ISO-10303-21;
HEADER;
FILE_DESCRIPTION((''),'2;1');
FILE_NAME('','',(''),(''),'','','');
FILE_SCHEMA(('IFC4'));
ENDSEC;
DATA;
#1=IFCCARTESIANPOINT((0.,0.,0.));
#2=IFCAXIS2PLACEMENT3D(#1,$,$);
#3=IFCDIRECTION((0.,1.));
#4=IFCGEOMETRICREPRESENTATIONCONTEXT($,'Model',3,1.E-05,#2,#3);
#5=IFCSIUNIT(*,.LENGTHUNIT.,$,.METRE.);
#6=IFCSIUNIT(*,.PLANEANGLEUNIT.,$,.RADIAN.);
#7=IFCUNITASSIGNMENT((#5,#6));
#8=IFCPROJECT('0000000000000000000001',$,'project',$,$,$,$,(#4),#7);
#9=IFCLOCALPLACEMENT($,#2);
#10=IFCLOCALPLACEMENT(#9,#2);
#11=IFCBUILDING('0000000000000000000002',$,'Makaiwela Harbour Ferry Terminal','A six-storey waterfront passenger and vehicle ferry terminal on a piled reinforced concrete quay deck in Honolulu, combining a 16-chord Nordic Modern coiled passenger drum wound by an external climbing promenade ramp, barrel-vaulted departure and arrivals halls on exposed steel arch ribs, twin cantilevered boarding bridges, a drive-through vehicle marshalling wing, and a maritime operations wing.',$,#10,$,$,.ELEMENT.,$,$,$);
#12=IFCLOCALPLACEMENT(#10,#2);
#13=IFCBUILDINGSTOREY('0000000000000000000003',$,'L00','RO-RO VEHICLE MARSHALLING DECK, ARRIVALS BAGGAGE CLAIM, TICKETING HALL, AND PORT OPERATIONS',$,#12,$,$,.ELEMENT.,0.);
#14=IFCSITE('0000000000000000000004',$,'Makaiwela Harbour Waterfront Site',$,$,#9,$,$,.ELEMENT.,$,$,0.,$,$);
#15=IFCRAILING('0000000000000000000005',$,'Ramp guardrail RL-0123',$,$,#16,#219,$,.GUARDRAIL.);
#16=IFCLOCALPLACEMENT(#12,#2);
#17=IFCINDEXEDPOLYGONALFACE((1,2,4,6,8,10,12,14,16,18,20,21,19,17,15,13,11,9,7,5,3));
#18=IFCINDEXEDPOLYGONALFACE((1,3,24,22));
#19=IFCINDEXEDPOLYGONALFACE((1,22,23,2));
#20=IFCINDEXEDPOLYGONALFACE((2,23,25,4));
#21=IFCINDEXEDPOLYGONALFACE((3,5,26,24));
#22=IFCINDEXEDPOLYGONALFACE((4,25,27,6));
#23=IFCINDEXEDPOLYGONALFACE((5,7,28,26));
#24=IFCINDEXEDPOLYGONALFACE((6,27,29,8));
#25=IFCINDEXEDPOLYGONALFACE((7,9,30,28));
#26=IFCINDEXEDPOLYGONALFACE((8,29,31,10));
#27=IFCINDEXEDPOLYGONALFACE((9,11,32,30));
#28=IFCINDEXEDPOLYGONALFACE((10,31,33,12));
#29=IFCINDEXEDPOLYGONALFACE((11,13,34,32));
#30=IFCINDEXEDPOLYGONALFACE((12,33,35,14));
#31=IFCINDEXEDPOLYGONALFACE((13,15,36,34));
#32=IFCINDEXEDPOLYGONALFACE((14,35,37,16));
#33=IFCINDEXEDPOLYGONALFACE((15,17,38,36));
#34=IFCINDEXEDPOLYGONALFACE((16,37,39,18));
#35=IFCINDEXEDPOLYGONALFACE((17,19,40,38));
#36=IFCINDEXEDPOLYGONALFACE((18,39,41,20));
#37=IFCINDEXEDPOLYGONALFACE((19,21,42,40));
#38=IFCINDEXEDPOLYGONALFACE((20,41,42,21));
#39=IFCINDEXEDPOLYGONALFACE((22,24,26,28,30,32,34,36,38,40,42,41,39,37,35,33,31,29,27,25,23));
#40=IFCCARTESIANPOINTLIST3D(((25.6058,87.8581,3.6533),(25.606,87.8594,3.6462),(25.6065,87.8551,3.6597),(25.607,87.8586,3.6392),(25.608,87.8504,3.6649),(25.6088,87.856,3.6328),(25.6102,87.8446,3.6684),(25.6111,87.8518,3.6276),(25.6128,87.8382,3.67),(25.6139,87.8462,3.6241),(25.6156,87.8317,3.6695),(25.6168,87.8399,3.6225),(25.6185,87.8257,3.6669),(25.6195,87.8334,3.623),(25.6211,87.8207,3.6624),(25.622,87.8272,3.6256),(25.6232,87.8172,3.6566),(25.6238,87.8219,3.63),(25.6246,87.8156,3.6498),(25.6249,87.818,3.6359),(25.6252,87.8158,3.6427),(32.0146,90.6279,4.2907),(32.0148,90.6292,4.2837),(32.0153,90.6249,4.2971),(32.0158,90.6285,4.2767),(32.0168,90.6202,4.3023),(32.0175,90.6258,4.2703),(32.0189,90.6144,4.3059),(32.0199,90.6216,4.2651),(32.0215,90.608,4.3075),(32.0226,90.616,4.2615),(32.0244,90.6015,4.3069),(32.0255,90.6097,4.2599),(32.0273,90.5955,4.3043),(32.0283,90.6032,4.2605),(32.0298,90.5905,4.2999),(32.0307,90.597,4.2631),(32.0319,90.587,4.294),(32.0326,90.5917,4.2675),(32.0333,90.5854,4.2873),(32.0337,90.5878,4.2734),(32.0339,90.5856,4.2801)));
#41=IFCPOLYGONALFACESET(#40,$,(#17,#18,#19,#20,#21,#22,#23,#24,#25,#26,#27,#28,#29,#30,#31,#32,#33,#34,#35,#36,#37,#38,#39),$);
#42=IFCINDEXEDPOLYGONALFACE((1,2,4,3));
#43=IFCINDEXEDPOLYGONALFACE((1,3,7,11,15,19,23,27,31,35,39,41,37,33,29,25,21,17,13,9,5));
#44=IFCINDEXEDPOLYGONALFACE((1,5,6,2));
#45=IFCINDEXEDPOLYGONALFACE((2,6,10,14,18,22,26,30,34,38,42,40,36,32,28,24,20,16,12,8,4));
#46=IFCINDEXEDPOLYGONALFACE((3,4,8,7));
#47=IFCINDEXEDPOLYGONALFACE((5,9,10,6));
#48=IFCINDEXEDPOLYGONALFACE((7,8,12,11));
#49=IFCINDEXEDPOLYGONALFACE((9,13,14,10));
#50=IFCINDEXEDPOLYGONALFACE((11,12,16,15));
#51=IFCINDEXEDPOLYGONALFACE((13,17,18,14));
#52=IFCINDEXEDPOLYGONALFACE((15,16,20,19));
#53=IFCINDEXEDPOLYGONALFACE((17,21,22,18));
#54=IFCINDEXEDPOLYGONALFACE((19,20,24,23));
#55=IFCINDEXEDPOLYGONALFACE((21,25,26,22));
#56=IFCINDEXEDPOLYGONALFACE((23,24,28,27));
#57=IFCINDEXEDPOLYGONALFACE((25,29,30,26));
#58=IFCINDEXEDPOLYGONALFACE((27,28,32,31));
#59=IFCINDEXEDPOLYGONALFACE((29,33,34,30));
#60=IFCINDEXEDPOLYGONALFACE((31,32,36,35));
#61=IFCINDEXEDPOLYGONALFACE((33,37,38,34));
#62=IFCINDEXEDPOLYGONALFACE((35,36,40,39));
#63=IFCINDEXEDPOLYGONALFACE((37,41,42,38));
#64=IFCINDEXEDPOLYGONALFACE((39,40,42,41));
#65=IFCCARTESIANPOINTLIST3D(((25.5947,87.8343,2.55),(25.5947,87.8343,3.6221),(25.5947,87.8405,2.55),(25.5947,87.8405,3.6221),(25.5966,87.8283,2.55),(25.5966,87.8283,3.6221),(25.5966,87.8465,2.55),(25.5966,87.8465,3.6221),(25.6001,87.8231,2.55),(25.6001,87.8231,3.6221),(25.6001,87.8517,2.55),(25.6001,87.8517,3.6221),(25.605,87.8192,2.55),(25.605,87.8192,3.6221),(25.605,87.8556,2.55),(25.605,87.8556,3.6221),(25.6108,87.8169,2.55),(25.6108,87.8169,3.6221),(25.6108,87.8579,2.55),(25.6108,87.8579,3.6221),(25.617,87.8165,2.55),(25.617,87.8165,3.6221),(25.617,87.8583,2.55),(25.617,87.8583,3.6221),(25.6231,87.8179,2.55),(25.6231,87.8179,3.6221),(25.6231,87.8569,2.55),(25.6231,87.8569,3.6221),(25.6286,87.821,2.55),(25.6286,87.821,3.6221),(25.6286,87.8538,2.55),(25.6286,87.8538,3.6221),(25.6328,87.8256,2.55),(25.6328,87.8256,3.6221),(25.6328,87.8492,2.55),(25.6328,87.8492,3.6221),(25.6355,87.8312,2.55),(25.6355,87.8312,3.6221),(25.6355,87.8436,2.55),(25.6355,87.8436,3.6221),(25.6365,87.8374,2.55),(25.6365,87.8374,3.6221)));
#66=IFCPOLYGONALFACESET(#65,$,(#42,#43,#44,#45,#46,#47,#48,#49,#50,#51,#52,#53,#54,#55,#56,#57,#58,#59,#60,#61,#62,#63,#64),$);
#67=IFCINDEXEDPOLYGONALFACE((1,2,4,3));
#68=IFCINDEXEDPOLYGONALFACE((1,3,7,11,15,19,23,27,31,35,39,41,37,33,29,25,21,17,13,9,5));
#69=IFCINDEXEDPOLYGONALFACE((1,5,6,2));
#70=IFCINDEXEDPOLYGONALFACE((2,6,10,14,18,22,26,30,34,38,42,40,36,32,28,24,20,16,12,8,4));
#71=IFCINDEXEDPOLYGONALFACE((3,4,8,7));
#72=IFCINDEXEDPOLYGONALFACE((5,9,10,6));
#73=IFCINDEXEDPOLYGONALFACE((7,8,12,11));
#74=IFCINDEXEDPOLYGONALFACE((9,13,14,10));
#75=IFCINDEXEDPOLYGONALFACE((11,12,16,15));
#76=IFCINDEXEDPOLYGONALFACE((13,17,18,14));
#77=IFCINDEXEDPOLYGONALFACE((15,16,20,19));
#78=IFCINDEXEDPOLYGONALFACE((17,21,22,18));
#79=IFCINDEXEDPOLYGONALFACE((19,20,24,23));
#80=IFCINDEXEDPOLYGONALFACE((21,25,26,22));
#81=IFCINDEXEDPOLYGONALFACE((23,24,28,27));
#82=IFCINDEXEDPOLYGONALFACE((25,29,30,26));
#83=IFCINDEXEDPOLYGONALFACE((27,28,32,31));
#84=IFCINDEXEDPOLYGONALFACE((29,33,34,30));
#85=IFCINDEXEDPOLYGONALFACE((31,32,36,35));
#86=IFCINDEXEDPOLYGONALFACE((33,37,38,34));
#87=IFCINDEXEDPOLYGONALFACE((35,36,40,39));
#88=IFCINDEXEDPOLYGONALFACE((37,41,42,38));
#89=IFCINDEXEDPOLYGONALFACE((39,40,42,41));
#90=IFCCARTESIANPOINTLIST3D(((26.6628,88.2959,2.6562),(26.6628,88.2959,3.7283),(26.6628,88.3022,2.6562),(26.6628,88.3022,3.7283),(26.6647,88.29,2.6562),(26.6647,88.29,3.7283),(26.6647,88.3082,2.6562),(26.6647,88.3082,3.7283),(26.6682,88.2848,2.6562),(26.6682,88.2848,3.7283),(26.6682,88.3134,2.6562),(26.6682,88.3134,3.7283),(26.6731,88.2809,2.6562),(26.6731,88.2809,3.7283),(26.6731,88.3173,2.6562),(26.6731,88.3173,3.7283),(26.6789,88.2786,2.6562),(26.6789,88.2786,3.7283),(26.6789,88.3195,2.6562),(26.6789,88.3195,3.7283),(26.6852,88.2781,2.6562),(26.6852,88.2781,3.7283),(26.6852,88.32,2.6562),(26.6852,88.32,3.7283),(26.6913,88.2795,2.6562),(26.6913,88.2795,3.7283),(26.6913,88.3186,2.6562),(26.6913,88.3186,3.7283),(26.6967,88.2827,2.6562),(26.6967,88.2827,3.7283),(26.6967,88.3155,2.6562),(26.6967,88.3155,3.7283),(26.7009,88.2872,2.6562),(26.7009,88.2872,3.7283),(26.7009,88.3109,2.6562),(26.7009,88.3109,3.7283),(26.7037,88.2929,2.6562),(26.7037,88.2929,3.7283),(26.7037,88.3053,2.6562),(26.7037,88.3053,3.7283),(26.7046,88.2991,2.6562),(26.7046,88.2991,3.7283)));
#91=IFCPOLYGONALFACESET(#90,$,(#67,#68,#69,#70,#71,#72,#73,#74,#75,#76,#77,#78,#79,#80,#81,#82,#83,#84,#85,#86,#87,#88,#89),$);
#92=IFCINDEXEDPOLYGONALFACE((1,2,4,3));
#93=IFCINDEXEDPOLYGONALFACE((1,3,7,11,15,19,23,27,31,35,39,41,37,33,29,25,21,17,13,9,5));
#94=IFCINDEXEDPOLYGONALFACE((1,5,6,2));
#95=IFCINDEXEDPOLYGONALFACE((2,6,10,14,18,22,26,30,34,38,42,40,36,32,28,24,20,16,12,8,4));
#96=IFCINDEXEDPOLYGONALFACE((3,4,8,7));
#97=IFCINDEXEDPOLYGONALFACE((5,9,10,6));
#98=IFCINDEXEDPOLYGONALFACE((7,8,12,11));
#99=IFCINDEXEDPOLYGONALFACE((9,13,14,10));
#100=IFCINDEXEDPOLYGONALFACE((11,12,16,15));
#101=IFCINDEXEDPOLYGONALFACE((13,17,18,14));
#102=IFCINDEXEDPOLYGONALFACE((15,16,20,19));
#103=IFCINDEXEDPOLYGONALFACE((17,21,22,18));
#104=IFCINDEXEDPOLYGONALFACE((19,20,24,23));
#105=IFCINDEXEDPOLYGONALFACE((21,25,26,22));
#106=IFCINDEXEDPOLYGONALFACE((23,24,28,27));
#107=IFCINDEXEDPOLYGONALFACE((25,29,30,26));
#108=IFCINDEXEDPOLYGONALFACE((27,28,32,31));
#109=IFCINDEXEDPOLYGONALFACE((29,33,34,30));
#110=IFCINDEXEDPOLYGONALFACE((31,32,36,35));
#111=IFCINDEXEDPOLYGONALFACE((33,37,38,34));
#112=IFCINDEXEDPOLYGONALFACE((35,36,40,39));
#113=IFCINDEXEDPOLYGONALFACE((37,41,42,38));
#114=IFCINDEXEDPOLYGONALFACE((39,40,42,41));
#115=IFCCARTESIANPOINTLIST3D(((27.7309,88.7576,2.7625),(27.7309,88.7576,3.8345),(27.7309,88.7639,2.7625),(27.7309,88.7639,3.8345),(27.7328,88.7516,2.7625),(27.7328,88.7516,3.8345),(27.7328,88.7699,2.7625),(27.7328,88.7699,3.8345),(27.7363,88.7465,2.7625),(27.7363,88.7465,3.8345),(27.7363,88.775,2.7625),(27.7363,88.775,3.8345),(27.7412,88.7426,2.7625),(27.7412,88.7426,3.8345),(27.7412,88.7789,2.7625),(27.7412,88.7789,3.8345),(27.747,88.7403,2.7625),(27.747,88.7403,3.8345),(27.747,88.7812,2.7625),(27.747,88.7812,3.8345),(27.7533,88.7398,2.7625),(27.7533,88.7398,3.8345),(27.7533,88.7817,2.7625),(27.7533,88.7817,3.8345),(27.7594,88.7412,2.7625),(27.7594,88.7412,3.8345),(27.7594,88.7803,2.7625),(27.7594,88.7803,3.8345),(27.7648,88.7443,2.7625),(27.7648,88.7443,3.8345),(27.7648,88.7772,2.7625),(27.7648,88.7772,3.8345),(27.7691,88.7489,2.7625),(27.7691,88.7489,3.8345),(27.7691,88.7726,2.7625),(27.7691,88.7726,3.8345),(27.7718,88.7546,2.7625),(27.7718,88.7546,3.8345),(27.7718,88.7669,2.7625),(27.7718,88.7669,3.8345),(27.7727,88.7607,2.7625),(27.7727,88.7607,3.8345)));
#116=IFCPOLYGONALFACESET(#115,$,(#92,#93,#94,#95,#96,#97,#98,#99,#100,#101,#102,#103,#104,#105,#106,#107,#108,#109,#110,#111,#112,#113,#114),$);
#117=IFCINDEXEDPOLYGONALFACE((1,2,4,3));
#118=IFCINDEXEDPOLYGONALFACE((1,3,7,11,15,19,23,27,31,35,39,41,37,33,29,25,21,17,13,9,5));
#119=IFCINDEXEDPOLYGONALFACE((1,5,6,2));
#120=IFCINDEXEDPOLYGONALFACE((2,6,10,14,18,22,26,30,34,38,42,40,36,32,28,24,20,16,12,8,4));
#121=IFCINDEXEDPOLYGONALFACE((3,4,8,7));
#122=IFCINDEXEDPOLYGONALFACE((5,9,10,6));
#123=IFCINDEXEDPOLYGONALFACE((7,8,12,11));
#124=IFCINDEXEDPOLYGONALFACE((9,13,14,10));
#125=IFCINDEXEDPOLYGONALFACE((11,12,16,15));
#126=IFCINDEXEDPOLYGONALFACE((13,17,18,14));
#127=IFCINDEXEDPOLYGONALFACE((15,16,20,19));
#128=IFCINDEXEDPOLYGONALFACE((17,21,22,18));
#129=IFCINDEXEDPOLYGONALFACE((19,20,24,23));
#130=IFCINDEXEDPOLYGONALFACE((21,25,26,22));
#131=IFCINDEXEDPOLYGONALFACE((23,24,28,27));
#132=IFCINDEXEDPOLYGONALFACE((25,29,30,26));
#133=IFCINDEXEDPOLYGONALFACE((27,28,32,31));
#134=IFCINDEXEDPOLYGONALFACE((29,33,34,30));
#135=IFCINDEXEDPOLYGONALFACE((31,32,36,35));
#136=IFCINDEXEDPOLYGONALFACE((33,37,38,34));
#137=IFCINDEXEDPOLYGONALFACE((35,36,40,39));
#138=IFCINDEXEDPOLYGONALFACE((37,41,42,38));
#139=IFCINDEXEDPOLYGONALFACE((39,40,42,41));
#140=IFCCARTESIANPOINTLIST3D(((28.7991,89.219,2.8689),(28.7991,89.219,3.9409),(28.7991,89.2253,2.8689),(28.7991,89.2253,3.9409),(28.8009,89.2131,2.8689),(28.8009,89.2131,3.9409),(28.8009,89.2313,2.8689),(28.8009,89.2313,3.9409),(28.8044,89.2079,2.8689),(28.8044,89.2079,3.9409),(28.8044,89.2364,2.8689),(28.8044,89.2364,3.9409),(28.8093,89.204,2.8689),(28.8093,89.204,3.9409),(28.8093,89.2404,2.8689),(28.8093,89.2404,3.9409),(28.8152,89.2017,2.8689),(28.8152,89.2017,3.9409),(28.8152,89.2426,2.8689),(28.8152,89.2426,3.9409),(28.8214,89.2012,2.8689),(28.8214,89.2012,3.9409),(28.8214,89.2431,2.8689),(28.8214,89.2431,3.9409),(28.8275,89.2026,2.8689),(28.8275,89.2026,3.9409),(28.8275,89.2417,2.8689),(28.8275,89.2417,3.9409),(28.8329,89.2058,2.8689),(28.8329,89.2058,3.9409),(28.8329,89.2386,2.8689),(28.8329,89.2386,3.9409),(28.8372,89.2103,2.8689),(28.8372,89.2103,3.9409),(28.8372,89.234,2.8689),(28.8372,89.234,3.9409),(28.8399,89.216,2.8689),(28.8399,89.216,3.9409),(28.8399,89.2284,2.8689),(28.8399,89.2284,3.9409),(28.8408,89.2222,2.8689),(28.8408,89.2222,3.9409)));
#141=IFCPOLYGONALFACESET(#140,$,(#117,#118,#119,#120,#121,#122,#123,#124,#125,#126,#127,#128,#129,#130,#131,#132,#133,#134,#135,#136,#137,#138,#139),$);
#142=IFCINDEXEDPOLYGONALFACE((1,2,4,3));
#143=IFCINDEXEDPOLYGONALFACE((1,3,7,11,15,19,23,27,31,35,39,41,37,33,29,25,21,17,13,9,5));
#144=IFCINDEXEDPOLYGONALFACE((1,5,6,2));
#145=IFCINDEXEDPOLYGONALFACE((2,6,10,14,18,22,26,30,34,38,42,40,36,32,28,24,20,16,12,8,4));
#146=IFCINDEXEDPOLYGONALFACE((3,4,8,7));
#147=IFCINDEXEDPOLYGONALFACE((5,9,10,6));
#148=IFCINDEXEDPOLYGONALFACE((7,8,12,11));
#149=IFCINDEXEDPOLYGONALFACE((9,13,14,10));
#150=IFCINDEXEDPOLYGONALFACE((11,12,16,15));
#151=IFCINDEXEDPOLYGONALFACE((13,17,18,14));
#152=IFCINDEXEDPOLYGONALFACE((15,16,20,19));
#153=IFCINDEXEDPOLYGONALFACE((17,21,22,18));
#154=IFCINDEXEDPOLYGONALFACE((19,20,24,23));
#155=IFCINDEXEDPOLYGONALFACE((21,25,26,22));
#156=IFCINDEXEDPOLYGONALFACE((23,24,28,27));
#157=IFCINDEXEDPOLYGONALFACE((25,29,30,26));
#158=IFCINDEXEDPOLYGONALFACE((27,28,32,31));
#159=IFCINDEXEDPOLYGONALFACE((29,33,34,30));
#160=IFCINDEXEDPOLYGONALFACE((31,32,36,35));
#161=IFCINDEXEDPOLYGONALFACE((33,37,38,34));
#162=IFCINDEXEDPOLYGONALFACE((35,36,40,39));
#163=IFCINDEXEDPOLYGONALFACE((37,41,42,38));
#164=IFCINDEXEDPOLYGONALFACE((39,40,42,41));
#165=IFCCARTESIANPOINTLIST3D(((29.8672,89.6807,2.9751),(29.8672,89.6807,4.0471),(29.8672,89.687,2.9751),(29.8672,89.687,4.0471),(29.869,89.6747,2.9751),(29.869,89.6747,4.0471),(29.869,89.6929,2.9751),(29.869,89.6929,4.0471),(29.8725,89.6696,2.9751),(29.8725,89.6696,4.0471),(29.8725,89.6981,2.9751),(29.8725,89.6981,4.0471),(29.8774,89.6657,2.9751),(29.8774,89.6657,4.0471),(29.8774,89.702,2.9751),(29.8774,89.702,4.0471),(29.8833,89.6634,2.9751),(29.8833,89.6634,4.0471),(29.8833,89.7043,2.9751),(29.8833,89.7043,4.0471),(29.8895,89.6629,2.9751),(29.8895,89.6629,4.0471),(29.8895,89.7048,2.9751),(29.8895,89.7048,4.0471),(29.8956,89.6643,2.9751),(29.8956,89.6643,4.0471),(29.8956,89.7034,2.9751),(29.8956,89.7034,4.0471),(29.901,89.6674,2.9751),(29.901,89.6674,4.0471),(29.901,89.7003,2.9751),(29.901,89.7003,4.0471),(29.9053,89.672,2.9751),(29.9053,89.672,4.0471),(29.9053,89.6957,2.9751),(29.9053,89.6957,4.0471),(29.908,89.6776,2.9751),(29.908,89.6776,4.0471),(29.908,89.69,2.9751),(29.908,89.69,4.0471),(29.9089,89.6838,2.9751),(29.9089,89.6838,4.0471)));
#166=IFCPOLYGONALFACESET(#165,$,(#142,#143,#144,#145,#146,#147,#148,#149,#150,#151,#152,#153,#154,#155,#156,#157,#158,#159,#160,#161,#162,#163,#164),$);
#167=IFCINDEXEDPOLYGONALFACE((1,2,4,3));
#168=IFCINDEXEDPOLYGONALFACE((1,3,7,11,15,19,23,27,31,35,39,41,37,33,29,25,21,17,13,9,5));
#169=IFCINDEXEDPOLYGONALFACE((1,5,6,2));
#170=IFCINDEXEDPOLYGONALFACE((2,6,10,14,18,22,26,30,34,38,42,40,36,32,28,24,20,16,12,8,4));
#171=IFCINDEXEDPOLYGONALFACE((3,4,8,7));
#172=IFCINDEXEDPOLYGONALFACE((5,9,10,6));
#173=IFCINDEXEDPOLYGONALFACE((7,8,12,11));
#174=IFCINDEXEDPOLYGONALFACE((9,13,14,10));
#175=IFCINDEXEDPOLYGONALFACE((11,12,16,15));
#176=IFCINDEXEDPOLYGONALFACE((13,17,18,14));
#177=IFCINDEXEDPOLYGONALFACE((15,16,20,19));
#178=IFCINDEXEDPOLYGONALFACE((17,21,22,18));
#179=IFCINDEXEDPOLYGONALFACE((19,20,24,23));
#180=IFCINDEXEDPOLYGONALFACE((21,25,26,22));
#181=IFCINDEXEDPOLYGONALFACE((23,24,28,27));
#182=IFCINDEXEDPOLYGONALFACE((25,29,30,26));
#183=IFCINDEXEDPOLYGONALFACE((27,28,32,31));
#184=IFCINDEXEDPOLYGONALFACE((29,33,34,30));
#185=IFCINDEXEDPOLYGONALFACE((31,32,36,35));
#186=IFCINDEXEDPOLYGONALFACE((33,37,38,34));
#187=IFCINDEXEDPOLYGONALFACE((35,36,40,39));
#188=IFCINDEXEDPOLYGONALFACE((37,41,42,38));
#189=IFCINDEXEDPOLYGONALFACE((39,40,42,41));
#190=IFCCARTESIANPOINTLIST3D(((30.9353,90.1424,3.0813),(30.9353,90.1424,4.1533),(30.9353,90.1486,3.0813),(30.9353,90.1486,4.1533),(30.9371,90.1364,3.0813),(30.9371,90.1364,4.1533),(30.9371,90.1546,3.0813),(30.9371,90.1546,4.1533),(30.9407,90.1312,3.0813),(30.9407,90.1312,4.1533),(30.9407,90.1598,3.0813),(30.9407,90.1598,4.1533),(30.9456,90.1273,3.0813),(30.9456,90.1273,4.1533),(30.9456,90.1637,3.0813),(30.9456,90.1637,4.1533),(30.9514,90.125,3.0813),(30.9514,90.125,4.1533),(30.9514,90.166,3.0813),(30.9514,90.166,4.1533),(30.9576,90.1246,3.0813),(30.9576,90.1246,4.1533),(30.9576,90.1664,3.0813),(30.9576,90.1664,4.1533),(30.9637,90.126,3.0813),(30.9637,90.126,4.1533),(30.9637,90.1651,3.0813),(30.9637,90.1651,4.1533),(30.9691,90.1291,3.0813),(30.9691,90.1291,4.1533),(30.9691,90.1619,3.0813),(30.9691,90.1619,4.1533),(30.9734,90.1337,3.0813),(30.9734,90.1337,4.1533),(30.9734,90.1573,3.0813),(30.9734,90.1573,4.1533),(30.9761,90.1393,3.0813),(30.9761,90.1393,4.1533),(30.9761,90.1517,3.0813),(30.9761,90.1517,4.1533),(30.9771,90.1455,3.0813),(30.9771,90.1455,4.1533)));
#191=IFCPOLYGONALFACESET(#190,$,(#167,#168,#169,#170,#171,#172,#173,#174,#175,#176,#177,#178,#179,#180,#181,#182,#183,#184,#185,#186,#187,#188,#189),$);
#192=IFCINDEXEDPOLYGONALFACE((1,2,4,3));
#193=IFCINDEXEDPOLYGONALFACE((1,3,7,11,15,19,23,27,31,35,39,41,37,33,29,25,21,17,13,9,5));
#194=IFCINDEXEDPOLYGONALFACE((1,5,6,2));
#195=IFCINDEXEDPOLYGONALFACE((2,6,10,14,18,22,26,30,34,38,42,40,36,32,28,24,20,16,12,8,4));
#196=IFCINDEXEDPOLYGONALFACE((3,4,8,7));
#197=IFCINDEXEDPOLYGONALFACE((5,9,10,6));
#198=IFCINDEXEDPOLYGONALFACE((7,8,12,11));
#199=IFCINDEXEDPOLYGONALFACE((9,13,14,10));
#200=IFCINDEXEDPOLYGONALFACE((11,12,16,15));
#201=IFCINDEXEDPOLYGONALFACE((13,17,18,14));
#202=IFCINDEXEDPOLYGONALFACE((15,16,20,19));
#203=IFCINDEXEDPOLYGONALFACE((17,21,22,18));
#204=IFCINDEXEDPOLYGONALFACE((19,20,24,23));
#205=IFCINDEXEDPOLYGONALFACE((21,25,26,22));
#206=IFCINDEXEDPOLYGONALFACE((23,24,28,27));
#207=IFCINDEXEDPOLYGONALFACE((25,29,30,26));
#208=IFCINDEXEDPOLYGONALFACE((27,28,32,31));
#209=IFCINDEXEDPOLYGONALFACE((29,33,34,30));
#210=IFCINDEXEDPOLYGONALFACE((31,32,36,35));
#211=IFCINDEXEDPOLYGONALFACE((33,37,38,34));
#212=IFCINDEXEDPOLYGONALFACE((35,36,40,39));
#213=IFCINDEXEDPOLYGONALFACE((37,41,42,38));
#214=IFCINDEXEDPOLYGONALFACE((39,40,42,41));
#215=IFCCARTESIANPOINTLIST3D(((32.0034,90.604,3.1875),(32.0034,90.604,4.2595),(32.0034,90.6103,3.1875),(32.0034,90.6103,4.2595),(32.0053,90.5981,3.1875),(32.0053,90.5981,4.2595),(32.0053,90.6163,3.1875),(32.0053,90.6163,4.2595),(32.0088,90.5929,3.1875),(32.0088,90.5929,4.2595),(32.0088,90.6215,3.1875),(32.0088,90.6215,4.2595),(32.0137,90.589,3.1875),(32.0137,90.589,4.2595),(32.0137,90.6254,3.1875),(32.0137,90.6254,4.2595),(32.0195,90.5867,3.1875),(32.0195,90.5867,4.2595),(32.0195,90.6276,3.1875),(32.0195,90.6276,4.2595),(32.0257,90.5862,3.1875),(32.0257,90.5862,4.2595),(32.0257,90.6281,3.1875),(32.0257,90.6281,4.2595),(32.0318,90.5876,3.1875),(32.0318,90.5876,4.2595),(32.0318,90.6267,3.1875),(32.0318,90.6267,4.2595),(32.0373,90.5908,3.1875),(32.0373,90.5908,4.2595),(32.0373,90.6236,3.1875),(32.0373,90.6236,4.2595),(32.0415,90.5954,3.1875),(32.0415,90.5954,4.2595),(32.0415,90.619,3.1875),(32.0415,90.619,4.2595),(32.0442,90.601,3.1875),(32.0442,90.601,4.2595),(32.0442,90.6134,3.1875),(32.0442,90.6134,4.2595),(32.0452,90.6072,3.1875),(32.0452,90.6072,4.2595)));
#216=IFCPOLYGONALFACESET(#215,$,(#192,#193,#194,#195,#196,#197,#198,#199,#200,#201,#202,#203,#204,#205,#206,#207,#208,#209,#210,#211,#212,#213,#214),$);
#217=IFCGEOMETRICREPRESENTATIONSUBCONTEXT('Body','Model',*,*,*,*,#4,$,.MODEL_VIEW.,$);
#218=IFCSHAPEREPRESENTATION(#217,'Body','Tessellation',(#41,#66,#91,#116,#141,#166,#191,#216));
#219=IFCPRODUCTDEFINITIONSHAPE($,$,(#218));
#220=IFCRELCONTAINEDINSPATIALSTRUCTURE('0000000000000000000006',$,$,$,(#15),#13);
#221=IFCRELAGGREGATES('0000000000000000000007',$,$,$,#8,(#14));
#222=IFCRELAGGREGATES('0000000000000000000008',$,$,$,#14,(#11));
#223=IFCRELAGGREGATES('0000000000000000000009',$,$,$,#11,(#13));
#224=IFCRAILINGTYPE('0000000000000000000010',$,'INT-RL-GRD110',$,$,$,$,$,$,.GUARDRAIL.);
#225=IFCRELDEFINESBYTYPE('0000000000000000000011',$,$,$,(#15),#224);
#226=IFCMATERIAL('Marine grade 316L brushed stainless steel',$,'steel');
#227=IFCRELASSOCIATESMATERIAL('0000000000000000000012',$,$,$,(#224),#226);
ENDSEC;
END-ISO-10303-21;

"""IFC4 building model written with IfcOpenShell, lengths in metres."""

from ifc_helpers import new_model, si_unit, direction, frame, origin, origin_2d, place, context, subcontext, project, spatial, circle, extrude, material, type_object, element, save


model = new_model("IFC4")

# Units and contexts
model_context = context("Model", 3, precision=1e-05, world=origin(), true_north=direction((0.0, 1.0)))
body_context = subcontext(model_context, "Body", "Model", "MODEL_VIEW")
ifc_project = project(units=[si_unit("LENGTHUNIT", "METRE"), si_unit("PLANEANGLEUNIT", "RADIAN")], contexts=[model_context])

# Site, building, storey
site_placement = place(None, origin())
site = spatial("IfcSite", under=ifc_project, at=site_placement, Name="Makaiwela Harbour Waterfront Site", CompositionType="ELEMENT", RefElevation=0.0)
building_placement = place(site_placement, origin())
building = spatial("IfcBuilding", under=site, at=building_placement, Name="Makaiwela Harbour Ferry Terminal", Description="A six-storey waterfront passenger and vehicle ferry terminal on a piled reinforced concrete quay deck in Honolulu, combining a 16-chord Nordic Modern coiled passenger drum wound by an external climbing promenade ramp, barrel-vaulted departure and arrivals halls on exposed steel arch ribs, twin cantilevered boarding bridges, a drive-through vehicle marshalling wing, and a maritime operations wing.", CompositionType="ELEMENT")
storey_placement = place(building_placement, origin())
storey = spatial("IfcBuildingStorey", under=building, at=storey_placement, Name="L00", Description="RO-RO VEHICLE MARSHALLING DECK, ARRIVALS BAGGAGE CLAIM, TICKETING HALL, AND PORT OPERATIONS", CompositionType="ELEMENT", Elevation=0.0)

# Railing
ifc_material_1 = material(Name="Marine grade 316L brushed stainless steel", Category="steel")
railing_type_1 = type_object("IfcRailingType", Name="INT-RL-GRD110", PredefinedType="GUARDRAIL", material=ifc_material_1)
railing_1_placement = place(storey_placement, frame((25.6155, 87.8374, 2.55)))
element("IfcRailing", 1, at=railing_1_placement, inside=storey, type_object=railing_type_1, Name="Ramp guardrail RL-0123", PredefinedType="GUARDRAIL", context=body_context, shape_type="SweptSolid", body=[
    extrude(circle(Radius=0.0239, at=origin_2d()), frame((0.0, 0.0, 1.0962), z_axis=(0.914136, 0.395081, 0.090926), x_axis=(-0.396724, 0.917938, 0.0)), (0.0, 0.0, 1.0), 7.0107),
    extrude(circle(Radius=0.021, at=origin_2d()), origin(), (0.0, 0.0, 1.0), 1.072),
    extrude(circle(Radius=0.021, at=origin_2d()), frame((1.0681, 0.4617, 0.1062)), (0.0, 0.0, 1.0), 1.072),
    extrude(circle(Radius=0.021, at=origin_2d()), frame((2.1362, 0.9233, 0.2124)), (0.0, 0.0, 1.0), 1.072),
    extrude(circle(Radius=0.021, at=origin_2d()), frame((3.2043, 1.3848, 0.3188)), (0.0, 0.0, 1.0), 1.072),
    extrude(circle(Radius=0.021, at=origin_2d()), frame((4.2725, 1.8464, 0.425)), (0.0, 0.0, 1.0), 1.072),
    extrude(circle(Radius=0.021, at=origin_2d()), frame((5.3406, 2.3081, 0.5312)), (0.0, 0.0, 1.0), 1.072),
    extrude(circle(Radius=0.021, at=origin_2d()), frame((6.4087, 2.7698, 0.6375)), (0.0, 0.0, 1.0), 1.072),
])

save(model, "model.ifc")
